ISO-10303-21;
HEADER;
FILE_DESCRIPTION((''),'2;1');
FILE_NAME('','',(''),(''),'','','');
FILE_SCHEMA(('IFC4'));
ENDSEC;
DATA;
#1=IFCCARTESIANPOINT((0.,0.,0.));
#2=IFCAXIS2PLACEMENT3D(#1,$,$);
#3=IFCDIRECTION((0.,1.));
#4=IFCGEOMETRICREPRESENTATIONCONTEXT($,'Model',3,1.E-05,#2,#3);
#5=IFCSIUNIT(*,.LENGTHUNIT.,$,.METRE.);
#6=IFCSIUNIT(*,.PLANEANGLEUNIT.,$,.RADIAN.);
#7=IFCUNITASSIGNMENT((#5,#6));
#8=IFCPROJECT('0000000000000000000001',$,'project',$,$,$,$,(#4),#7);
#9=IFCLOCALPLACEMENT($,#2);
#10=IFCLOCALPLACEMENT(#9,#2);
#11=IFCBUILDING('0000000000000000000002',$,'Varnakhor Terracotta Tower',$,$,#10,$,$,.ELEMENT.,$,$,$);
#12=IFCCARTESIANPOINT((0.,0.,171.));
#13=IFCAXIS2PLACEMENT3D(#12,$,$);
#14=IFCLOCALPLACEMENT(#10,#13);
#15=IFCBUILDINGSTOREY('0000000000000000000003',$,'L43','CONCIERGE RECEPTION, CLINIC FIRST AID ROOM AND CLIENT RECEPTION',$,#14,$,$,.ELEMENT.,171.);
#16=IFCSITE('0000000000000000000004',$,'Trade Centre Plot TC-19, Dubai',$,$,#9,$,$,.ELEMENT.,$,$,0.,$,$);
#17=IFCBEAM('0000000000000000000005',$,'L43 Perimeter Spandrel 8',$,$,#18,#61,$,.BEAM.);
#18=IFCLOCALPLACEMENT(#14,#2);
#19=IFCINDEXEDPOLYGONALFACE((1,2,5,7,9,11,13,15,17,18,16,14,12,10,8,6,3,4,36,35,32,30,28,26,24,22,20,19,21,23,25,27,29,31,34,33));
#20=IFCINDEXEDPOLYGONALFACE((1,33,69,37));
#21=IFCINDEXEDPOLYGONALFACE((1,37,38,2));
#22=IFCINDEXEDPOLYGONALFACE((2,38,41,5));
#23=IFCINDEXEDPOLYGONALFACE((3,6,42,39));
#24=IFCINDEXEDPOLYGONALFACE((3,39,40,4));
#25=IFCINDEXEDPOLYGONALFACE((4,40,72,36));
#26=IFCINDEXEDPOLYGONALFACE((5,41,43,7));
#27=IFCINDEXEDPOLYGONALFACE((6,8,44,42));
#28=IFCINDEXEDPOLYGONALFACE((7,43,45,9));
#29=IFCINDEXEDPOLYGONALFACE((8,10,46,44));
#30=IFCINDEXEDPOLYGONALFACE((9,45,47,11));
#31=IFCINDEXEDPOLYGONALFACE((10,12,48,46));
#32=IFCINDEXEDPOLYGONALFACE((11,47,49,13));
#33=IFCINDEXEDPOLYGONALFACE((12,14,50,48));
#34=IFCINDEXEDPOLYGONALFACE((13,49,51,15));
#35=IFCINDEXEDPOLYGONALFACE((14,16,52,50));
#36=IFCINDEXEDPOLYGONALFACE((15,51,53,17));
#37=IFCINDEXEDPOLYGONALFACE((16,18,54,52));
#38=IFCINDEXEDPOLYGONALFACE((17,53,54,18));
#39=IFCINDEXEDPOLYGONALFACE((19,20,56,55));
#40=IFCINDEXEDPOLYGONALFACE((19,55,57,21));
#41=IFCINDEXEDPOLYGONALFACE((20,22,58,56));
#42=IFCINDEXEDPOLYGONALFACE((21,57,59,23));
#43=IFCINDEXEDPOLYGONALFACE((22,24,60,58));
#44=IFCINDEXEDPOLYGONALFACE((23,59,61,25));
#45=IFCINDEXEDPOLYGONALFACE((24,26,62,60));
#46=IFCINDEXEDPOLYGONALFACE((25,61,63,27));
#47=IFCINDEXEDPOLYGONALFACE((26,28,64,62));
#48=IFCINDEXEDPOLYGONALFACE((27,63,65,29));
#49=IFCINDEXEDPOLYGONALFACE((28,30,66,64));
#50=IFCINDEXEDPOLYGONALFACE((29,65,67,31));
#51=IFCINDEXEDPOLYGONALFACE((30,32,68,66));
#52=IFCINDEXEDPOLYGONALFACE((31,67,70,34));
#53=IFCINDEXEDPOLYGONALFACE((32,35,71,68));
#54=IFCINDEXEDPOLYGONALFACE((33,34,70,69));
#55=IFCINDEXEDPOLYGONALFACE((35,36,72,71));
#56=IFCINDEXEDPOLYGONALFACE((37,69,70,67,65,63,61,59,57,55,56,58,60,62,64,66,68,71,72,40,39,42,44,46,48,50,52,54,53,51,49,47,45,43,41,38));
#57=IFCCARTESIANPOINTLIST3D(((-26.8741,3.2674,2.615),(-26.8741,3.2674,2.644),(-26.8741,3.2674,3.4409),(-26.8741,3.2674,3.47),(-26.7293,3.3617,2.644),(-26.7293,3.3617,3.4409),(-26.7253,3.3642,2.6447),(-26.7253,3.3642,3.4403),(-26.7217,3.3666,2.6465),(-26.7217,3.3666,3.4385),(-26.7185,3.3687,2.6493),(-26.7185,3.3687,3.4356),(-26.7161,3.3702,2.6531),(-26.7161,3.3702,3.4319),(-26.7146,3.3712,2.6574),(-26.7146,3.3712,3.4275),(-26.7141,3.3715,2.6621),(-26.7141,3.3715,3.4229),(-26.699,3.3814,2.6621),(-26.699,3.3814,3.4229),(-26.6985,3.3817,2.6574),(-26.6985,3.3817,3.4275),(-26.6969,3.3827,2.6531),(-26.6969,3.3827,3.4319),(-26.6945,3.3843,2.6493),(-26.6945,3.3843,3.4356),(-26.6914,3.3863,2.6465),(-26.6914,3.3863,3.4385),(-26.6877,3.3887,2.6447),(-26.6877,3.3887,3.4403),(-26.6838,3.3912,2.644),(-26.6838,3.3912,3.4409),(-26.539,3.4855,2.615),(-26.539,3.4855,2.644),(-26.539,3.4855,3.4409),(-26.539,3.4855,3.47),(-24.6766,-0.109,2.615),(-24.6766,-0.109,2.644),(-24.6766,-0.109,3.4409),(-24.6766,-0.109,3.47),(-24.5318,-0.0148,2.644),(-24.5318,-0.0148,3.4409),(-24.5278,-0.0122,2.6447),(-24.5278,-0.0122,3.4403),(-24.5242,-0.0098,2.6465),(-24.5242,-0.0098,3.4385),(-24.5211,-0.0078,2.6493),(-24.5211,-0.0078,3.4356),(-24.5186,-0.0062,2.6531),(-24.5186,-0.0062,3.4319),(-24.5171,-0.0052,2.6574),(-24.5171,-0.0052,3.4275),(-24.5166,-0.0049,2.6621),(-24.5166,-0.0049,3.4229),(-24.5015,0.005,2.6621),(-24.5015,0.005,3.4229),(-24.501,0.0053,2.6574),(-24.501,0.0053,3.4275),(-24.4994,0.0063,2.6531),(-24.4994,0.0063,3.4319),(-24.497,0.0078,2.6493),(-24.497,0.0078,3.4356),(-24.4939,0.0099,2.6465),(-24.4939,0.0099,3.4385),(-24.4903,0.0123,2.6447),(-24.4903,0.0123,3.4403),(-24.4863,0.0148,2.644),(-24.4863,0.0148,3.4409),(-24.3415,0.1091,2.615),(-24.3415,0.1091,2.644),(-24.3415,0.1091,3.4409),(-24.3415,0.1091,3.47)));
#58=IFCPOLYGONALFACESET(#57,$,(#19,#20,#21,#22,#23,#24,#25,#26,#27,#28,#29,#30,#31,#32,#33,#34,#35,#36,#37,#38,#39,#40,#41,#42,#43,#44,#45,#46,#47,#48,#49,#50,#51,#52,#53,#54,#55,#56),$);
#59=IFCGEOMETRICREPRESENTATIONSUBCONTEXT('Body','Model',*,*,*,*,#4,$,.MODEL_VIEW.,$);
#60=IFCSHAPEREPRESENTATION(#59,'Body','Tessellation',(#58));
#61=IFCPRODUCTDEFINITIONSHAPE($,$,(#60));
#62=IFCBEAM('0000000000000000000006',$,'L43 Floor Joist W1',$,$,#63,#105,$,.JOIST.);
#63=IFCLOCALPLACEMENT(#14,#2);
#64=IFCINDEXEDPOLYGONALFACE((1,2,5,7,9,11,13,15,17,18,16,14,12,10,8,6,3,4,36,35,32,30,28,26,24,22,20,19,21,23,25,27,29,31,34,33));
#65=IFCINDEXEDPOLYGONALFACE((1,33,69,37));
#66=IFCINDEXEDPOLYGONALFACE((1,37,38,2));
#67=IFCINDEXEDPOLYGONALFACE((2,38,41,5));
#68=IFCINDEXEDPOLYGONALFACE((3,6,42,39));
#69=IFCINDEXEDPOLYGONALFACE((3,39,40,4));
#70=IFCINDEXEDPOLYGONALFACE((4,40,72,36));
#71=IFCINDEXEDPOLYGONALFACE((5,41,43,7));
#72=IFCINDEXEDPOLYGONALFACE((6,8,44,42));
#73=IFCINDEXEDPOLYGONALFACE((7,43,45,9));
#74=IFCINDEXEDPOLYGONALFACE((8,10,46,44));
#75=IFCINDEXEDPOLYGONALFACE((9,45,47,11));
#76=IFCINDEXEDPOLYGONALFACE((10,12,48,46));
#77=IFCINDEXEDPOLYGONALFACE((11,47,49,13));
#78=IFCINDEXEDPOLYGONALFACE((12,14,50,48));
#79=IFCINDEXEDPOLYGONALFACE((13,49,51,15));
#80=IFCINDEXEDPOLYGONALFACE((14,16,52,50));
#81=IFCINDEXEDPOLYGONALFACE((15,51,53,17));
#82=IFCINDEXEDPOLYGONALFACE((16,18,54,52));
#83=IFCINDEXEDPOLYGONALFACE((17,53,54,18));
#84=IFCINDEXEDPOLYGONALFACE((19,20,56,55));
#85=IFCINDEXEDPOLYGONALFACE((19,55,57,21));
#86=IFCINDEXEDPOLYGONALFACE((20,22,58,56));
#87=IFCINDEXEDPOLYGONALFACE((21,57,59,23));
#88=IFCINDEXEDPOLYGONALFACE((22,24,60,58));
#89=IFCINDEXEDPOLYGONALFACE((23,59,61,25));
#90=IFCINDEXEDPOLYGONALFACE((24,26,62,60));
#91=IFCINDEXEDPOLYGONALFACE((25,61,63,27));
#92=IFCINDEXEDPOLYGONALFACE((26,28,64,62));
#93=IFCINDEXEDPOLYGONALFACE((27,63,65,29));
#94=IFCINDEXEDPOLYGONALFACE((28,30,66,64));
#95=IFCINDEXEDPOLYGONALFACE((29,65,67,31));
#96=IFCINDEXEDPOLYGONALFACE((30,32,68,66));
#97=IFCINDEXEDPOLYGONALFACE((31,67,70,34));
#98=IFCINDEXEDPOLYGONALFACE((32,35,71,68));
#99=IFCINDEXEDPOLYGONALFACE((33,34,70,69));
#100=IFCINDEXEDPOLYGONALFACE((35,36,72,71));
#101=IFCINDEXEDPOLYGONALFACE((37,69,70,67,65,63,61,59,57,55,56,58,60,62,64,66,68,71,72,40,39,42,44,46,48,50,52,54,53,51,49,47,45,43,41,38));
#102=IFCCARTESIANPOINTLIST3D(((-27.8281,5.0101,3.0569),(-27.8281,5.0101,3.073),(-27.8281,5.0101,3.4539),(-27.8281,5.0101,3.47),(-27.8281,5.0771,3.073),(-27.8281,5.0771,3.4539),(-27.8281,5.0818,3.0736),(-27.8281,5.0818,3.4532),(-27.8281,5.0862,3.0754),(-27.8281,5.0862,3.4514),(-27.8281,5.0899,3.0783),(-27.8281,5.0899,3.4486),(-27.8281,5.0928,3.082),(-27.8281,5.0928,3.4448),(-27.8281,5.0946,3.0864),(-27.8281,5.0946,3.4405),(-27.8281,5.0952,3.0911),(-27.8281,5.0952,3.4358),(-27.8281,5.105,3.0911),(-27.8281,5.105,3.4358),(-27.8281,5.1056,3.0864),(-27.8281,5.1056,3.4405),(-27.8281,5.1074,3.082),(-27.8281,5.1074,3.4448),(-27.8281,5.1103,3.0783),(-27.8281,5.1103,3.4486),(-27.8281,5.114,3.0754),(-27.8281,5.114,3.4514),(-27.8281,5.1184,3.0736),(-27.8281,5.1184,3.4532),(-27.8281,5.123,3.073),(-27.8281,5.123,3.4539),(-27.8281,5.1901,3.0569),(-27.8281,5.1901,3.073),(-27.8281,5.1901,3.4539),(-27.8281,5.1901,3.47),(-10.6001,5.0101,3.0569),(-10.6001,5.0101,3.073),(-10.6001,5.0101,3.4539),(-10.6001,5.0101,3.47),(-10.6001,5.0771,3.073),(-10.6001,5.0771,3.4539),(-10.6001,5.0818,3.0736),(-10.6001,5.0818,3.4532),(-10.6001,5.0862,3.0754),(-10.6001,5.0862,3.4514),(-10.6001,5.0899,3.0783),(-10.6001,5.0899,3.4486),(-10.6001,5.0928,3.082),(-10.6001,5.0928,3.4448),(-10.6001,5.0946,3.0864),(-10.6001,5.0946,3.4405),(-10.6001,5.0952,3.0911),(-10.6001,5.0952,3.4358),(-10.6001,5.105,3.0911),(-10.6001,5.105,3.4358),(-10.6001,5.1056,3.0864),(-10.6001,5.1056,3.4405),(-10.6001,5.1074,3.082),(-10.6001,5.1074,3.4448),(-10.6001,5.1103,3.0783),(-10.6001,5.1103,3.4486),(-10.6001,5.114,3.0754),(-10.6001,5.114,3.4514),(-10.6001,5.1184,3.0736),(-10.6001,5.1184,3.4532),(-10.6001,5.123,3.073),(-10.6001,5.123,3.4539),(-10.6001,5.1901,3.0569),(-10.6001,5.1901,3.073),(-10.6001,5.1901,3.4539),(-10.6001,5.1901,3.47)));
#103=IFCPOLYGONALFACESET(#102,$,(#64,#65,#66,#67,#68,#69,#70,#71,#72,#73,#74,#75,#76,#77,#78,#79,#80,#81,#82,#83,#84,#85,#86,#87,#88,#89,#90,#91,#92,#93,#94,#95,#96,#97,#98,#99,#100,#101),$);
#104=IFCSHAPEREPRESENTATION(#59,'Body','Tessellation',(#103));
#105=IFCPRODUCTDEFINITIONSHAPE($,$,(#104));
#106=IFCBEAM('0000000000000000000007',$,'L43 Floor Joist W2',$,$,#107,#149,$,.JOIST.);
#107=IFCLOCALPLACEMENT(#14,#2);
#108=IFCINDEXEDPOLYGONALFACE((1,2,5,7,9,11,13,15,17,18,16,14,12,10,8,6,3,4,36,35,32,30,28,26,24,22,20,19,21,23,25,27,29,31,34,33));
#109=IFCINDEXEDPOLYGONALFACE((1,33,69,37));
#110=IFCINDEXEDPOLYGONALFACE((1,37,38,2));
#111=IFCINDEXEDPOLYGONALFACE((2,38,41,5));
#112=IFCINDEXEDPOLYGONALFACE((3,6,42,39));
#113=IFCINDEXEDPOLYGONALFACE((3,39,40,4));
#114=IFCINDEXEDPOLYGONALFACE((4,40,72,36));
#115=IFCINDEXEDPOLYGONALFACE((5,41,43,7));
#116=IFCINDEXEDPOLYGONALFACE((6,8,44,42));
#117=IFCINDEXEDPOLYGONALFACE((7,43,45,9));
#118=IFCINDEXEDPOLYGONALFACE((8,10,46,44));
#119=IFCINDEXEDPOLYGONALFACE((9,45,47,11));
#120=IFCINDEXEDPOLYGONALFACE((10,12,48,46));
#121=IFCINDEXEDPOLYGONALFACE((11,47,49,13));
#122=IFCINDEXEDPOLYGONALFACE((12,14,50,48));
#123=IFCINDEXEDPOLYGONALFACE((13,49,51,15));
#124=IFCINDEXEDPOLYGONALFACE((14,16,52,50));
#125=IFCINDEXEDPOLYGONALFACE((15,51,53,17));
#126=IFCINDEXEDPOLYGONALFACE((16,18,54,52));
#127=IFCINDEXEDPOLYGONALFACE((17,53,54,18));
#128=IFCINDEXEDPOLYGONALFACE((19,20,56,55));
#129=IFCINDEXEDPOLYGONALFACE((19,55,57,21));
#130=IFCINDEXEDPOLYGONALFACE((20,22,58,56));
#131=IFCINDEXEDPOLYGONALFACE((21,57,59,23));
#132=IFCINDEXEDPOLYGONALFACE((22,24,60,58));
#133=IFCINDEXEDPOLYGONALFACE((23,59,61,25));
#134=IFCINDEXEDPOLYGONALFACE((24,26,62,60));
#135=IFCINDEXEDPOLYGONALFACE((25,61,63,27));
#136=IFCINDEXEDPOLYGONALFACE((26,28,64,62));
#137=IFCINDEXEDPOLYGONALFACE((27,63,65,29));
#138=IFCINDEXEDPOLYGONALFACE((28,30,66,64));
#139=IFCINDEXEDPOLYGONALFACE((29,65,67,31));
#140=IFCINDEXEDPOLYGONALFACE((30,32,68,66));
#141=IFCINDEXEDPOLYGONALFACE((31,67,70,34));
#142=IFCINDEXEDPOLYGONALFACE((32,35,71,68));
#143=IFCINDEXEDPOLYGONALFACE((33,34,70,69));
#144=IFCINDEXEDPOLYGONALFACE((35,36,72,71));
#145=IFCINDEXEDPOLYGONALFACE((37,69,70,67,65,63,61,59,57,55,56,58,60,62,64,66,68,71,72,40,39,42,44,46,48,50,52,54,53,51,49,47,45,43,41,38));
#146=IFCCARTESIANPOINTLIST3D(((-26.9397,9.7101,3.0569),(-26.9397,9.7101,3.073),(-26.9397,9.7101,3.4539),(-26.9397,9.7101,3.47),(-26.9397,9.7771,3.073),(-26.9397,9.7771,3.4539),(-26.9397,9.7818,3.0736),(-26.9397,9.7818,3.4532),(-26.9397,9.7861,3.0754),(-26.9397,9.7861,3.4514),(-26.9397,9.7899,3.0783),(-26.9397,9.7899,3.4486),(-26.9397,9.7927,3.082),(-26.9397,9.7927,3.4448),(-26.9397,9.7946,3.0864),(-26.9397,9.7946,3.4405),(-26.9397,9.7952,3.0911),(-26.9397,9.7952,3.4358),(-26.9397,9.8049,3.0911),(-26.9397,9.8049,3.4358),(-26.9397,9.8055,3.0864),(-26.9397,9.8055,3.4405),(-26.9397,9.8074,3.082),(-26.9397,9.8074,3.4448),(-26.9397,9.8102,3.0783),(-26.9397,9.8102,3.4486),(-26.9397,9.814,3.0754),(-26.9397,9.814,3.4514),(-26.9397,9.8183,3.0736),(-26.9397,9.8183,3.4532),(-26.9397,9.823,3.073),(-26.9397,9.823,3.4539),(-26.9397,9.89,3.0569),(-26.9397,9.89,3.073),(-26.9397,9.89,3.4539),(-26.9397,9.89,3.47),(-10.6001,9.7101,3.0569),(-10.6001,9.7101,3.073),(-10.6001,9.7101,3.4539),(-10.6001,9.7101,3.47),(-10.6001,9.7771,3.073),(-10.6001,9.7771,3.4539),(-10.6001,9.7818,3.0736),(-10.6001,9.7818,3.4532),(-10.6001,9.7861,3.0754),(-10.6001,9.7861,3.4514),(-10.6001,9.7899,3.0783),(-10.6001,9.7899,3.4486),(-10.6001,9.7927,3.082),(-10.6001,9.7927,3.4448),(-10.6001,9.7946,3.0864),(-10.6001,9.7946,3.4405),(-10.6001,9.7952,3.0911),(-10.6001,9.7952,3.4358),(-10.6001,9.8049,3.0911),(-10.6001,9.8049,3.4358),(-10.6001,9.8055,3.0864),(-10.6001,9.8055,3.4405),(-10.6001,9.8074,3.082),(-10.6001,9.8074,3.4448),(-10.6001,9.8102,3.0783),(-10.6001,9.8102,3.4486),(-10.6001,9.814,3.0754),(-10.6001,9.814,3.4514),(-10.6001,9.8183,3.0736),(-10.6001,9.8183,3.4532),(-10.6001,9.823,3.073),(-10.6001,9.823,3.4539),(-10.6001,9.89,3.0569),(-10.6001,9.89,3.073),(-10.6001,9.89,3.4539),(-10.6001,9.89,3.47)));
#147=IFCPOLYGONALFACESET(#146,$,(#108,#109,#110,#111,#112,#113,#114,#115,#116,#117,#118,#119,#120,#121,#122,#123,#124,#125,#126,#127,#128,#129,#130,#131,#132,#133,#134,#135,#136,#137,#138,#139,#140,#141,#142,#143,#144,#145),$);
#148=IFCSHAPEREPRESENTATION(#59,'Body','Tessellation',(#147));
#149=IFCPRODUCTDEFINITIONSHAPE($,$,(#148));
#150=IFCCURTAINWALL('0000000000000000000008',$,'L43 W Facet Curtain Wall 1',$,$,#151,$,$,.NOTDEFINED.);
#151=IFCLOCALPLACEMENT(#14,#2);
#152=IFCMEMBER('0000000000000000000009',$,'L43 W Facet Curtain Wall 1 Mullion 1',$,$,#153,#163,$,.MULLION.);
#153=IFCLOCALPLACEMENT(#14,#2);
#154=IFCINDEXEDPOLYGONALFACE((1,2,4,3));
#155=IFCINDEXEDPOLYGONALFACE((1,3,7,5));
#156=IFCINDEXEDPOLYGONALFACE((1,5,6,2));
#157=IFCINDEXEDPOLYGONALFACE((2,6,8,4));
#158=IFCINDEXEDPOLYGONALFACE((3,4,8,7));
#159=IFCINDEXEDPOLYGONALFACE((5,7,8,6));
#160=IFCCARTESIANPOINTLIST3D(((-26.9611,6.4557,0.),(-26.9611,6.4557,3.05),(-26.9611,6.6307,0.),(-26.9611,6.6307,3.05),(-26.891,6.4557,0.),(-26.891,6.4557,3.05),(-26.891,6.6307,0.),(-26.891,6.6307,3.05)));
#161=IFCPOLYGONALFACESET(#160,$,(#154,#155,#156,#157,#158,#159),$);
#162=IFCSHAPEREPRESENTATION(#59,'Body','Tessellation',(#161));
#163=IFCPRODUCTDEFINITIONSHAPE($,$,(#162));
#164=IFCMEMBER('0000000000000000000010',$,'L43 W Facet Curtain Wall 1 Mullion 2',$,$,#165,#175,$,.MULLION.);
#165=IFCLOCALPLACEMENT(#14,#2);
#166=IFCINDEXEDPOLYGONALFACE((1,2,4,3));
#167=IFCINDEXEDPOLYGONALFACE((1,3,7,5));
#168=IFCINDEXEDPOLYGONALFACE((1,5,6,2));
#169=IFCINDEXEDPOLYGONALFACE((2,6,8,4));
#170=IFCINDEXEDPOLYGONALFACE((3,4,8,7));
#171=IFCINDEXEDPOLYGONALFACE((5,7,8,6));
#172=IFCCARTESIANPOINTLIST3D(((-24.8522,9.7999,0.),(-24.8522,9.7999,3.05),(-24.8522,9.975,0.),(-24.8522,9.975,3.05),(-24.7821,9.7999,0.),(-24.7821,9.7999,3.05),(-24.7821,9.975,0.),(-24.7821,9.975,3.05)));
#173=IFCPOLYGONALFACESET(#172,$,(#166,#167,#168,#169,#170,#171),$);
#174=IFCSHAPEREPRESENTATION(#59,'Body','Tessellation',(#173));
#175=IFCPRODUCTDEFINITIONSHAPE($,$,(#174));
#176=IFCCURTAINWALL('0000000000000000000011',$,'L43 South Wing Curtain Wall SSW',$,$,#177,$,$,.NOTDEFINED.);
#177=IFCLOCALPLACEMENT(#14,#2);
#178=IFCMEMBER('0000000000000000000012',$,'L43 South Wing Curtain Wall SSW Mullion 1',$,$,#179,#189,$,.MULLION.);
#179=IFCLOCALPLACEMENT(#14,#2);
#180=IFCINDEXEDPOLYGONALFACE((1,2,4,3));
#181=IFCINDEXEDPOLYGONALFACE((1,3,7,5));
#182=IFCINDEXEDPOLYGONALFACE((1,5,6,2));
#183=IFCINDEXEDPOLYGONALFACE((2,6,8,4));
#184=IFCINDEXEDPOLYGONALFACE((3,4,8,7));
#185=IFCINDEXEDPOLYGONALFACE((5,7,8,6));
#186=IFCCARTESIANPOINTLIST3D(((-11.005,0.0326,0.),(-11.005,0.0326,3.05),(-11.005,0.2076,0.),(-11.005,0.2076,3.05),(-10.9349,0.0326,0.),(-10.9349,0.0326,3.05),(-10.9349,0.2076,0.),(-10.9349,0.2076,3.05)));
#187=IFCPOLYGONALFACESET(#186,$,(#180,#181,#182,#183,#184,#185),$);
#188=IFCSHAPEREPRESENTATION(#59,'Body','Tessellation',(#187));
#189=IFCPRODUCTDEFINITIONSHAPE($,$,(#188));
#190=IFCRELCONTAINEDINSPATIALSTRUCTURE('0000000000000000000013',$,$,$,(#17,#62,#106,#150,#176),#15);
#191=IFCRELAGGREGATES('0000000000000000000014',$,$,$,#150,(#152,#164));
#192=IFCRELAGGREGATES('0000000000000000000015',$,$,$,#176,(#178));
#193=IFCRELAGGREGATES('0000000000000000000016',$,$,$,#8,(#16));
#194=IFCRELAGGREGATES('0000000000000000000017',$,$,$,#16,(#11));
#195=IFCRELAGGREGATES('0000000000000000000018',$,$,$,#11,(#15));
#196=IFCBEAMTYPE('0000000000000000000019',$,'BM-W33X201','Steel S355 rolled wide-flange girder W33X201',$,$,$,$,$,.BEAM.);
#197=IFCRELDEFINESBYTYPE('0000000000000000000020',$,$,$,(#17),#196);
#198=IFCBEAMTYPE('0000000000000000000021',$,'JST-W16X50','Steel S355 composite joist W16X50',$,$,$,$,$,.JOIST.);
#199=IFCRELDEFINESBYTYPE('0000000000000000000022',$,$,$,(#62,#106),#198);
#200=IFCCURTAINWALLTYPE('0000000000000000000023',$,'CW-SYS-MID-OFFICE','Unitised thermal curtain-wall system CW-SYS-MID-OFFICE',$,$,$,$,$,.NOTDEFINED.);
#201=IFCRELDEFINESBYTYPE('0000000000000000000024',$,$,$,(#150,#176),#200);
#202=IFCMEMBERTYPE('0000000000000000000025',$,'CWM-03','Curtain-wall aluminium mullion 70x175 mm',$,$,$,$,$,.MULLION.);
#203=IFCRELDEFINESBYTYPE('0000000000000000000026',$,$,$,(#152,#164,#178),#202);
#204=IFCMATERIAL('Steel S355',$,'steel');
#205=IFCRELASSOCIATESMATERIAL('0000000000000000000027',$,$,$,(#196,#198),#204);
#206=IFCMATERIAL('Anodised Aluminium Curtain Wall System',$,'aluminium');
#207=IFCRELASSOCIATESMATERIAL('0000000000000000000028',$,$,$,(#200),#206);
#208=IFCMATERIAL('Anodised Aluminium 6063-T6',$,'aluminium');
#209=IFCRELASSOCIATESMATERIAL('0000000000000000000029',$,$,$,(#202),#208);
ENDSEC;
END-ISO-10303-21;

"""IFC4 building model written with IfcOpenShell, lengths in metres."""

from ifc_helpers import new_model, si_unit, direction, frame, origin, origin_2d, place, context, subcontext, project, spatial, rectangle, i_section, extrude, source, transform, mapped, material, material_profile, profile_set, type_object, element, aggregate, save


model = new_model("IFC4")

# Units and contexts
model_context = context("Model", 3, precision=1e-05, world=origin(), true_north=direction((0.0, 1.0)))
body_context = subcontext(model_context, "Body", "Model", "MODEL_VIEW")
ifc_project = project(units=[si_unit("LENGTHUNIT", "METRE"), si_unit("PLANEANGLEUNIT", "RADIAN")], contexts=[model_context])

# Site, building, storey
site_placement = place(None, origin())
site = spatial("IfcSite", under=ifc_project, at=site_placement, Name="Trade Centre Plot TC-19, Dubai", CompositionType="ELEMENT", RefElevation=0.0)
building_placement = place(site_placement, origin())
building = spatial("IfcBuilding", under=site, at=building_placement, Name="Varnakhor Terracotta Tower", CompositionType="ELEMENT")
storey_placement = place(building_placement, frame((0.0, 0.0, 171.0)))
storey = spatial("IfcBuildingStorey", under=building, at=storey_placement, Name="L43", Description="CONCIERGE RECEPTION, CLINIC FIRST AID ROOM AND CLIENT RECEPTION", CompositionType="ELEMENT", Elevation=171.0)

# Beams
ifc_material_1 = material(Name="Steel S355", Category="steel")
ifc_material_profile_1 = material_profile(ifc_material_1, i_section(OverallWidth=0.3999, OverallDepth=0.855, WebThickness=0.0181, FlangeThickness=0.0291, FilletRadius=0.0181, at=origin_2d()), Name="W33X201")
ifc_profile_set_1 = profile_set([ifc_material_profile_1], Name="Steel S355")
beam_type_1 = type_object("IfcBeamType", Name="BM-W33X201", Description="Steel S355 rolled wide-flange girder W33X201", PredefinedType="BEAM", material=ifc_profile_set_1)
shared_shape_1 = source(origin(), body_context, "Body", "SweptSolid", [
    extrude(i_section(OverallWidth=0.3999, OverallDepth=0.855, WebThickness=0.0181, FlangeThickness=0.0291, FilletRadius=0.0181, at=origin_2d()), origin(), (0.0, 0.0, 1.0), 4.0286),
])
for number, where, z_axis, x_axis, name in (
    (1, (-26.7065, 3.3765, 3.0425), (0.545478, -0.838125, 0.0), (0.838125, 0.545478, 0.0), "L43 Perimeter Spandrel 8"),
):
    element("IfcBeam", number, at=place(storey_placement, frame(where, z_axis=z_axis, x_axis=x_axis)), inside=storey, type_object=beam_type_1, Name=name, PredefinedType="BEAM", context=body_context, shape_type="MappedRepresentation", body=[
        mapped(shared_shape_1, transform((0.0, 0.0, 0.0), scale=1.0)),
    ])
ifc_material_profile_2 = material_profile(ifc_material_1, i_section(OverallWidth=0.1799, OverallDepth=0.4131, WebThickness=0.0098, FlangeThickness=0.0161, FilletRadius=0.0181, at=origin_2d()), Name="W16X50")
ifc_profile_set_2 = profile_set([ifc_material_profile_2], Name="Steel S355")
beam_type_2 = type_object("IfcBeamType", Name="JST-W16X50", Description="Steel S355 composite joist W16X50", PredefinedType="JOIST", material=ifc_profile_set_2)
shared_shape_2 = source(origin(), body_context, "Body", "SweptSolid", [
    extrude(i_section(OverallWidth=0.1799, OverallDepth=0.4131, WebThickness=0.0098, FlangeThickness=0.0161, FilletRadius=0.0181, at=origin_2d()), origin(), (0.0, 0.0, 1.0), 17.228),
])
beam_1_placement = place(storey_placement, frame((-27.8281, 5.1001, 3.2634), z_axis=(1.0, 0.0, 0.0), x_axis=(0.0, 1.0, 0.0)))
element("IfcBeam", 2, at=beam_1_placement, inside=storey, type_object=beam_type_2, Name="L43 Floor Joist W1", PredefinedType="JOIST", context=body_context, shape_type="MappedRepresentation", body=[
    mapped(shared_shape_2, transform((0.0, 0.0, 0.0), scale=1.0)),
])
shared_shape_3 = source(origin(), body_context, "Body", "SweptSolid", [
    extrude(i_section(OverallWidth=0.1799, OverallDepth=0.4131, WebThickness=0.0098, FlangeThickness=0.0161, FilletRadius=0.0181, at=origin_2d()), origin(), (0.0, 0.0, 1.0), 16.3396),
])
beam_2_placement = place(storey_placement, frame((-26.9397, 9.8, 3.2634), z_axis=(1.0, 0.0, 0.0), x_axis=(0.0, 1.0, 0.0)))
element("IfcBeam", 3, at=beam_2_placement, inside=storey, type_object=beam_type_2, Name="L43 Floor Joist W2", PredefinedType="JOIST", context=body_context, shape_type="MappedRepresentation", body=[
    mapped(shared_shape_3, transform((0.0, 0.0, 0.0), scale=1.0)),
])

# Curtain walls, members
ifc_material_2 = material(Name="Anodised Aluminium Curtain Wall System", Category="aluminium")
curtain_wall_type = type_object("IfcCurtainWallType", Name="CW-SYS-MID-OFFICE", Description="Unitised thermal curtain-wall system CW-SYS-MID-OFFICE", PredefinedType="NOTDEFINED", material=ifc_material_2)
curtain_wall_1_placement = place(storey_placement, origin())
curtain_wall_1 = element("IfcCurtainWall", 4, at=curtain_wall_1_placement, inside=storey, type_object=curtain_wall_type, Name="L43 W Facet Curtain Wall 1", PredefinedType="NOTDEFINED")
ifc_material_3 = material(Name="Anodised Aluminium 6063-T6", Category="aluminium")
ifc_material_profile_3 = material_profile(ifc_material_3, rectangle(XDim=0.0701, YDim=0.175, at=origin_2d()), Name="ALU MULLION 70x175")
ifc_profile_set_3 = profile_set([ifc_material_profile_3], Name="Anodised Aluminium 6063-T6")
member_type_1 = type_object("IfcMemberType", Name="CWM-03", Description="Curtain-wall aluminium mullion 70x175 mm", PredefinedType="MULLION", material=ifc_profile_set_3)
shared_shape_4 = source(origin(), body_context, "Body", "SweptSolid", [
    extrude(rectangle(XDim=0.0701, YDim=0.175, at=origin_2d()), origin(), (0.0, 0.0, 1.0), 3.05),
])
member_1_placement = place(storey_placement, frame((-26.926, 6.5432, 0.0), z_axis=(0.0, 0.0, 1.0), x_axis=(1.0, 0.0, 0.0)))
member_1 = element("IfcMember", 5, at=member_1_placement, type_object=member_type_1, Name="L43 W Facet Curtain Wall 1 Mullion 1", PredefinedType="MULLION", context=body_context, shape_type="MappedRepresentation", body=[
    mapped(shared_shape_4, transform((0.0, 0.0, 0.0), scale=1.0)),
])
member_2_placement = place(storey_placement, frame((-24.8171, 9.8875, 0.0), z_axis=(0.0, 0.0, 1.0), x_axis=(1.0, 0.0, 0.0)))
member_2 = element("IfcMember", 6, at=member_2_placement, type_object=member_type_1, Name="L43 W Facet Curtain Wall 1 Mullion 2", PredefinedType="MULLION", context=body_context, shape_type="MappedRepresentation", body=[
    mapped(shared_shape_4, transform((0.0, 0.0, 0.0), scale=1.0)),
])
curtain_wall_2_placement = place(storey_placement, origin())
curtain_wall_2 = element("IfcCurtainWall", 7, at=curtain_wall_2_placement, inside=storey, type_object=curtain_wall_type, Name="L43 South Wing Curtain Wall SSW", PredefinedType="NOTDEFINED")
member_3_placement = place(storey_placement, frame((-10.97, 0.1201, 0.0), z_axis=(0.0, 0.0, 1.0), x_axis=(1.0, 0.0, 0.0)))
member_3 = element("IfcMember", 8, at=member_3_placement, type_object=member_type_1, Name="L43 South Wing Curtain Wall SSW Mullion 1", PredefinedType="MULLION", context=body_context, shape_type="MappedRepresentation", body=[
    mapped(shared_shape_4, transform((0.0, 0.0, 0.0), scale=1.0)),
])

aggregate(curtain_wall_1, [member_1, member_2])
aggregate(curtain_wall_2, [member_3])

save(model, "model.ifc")
